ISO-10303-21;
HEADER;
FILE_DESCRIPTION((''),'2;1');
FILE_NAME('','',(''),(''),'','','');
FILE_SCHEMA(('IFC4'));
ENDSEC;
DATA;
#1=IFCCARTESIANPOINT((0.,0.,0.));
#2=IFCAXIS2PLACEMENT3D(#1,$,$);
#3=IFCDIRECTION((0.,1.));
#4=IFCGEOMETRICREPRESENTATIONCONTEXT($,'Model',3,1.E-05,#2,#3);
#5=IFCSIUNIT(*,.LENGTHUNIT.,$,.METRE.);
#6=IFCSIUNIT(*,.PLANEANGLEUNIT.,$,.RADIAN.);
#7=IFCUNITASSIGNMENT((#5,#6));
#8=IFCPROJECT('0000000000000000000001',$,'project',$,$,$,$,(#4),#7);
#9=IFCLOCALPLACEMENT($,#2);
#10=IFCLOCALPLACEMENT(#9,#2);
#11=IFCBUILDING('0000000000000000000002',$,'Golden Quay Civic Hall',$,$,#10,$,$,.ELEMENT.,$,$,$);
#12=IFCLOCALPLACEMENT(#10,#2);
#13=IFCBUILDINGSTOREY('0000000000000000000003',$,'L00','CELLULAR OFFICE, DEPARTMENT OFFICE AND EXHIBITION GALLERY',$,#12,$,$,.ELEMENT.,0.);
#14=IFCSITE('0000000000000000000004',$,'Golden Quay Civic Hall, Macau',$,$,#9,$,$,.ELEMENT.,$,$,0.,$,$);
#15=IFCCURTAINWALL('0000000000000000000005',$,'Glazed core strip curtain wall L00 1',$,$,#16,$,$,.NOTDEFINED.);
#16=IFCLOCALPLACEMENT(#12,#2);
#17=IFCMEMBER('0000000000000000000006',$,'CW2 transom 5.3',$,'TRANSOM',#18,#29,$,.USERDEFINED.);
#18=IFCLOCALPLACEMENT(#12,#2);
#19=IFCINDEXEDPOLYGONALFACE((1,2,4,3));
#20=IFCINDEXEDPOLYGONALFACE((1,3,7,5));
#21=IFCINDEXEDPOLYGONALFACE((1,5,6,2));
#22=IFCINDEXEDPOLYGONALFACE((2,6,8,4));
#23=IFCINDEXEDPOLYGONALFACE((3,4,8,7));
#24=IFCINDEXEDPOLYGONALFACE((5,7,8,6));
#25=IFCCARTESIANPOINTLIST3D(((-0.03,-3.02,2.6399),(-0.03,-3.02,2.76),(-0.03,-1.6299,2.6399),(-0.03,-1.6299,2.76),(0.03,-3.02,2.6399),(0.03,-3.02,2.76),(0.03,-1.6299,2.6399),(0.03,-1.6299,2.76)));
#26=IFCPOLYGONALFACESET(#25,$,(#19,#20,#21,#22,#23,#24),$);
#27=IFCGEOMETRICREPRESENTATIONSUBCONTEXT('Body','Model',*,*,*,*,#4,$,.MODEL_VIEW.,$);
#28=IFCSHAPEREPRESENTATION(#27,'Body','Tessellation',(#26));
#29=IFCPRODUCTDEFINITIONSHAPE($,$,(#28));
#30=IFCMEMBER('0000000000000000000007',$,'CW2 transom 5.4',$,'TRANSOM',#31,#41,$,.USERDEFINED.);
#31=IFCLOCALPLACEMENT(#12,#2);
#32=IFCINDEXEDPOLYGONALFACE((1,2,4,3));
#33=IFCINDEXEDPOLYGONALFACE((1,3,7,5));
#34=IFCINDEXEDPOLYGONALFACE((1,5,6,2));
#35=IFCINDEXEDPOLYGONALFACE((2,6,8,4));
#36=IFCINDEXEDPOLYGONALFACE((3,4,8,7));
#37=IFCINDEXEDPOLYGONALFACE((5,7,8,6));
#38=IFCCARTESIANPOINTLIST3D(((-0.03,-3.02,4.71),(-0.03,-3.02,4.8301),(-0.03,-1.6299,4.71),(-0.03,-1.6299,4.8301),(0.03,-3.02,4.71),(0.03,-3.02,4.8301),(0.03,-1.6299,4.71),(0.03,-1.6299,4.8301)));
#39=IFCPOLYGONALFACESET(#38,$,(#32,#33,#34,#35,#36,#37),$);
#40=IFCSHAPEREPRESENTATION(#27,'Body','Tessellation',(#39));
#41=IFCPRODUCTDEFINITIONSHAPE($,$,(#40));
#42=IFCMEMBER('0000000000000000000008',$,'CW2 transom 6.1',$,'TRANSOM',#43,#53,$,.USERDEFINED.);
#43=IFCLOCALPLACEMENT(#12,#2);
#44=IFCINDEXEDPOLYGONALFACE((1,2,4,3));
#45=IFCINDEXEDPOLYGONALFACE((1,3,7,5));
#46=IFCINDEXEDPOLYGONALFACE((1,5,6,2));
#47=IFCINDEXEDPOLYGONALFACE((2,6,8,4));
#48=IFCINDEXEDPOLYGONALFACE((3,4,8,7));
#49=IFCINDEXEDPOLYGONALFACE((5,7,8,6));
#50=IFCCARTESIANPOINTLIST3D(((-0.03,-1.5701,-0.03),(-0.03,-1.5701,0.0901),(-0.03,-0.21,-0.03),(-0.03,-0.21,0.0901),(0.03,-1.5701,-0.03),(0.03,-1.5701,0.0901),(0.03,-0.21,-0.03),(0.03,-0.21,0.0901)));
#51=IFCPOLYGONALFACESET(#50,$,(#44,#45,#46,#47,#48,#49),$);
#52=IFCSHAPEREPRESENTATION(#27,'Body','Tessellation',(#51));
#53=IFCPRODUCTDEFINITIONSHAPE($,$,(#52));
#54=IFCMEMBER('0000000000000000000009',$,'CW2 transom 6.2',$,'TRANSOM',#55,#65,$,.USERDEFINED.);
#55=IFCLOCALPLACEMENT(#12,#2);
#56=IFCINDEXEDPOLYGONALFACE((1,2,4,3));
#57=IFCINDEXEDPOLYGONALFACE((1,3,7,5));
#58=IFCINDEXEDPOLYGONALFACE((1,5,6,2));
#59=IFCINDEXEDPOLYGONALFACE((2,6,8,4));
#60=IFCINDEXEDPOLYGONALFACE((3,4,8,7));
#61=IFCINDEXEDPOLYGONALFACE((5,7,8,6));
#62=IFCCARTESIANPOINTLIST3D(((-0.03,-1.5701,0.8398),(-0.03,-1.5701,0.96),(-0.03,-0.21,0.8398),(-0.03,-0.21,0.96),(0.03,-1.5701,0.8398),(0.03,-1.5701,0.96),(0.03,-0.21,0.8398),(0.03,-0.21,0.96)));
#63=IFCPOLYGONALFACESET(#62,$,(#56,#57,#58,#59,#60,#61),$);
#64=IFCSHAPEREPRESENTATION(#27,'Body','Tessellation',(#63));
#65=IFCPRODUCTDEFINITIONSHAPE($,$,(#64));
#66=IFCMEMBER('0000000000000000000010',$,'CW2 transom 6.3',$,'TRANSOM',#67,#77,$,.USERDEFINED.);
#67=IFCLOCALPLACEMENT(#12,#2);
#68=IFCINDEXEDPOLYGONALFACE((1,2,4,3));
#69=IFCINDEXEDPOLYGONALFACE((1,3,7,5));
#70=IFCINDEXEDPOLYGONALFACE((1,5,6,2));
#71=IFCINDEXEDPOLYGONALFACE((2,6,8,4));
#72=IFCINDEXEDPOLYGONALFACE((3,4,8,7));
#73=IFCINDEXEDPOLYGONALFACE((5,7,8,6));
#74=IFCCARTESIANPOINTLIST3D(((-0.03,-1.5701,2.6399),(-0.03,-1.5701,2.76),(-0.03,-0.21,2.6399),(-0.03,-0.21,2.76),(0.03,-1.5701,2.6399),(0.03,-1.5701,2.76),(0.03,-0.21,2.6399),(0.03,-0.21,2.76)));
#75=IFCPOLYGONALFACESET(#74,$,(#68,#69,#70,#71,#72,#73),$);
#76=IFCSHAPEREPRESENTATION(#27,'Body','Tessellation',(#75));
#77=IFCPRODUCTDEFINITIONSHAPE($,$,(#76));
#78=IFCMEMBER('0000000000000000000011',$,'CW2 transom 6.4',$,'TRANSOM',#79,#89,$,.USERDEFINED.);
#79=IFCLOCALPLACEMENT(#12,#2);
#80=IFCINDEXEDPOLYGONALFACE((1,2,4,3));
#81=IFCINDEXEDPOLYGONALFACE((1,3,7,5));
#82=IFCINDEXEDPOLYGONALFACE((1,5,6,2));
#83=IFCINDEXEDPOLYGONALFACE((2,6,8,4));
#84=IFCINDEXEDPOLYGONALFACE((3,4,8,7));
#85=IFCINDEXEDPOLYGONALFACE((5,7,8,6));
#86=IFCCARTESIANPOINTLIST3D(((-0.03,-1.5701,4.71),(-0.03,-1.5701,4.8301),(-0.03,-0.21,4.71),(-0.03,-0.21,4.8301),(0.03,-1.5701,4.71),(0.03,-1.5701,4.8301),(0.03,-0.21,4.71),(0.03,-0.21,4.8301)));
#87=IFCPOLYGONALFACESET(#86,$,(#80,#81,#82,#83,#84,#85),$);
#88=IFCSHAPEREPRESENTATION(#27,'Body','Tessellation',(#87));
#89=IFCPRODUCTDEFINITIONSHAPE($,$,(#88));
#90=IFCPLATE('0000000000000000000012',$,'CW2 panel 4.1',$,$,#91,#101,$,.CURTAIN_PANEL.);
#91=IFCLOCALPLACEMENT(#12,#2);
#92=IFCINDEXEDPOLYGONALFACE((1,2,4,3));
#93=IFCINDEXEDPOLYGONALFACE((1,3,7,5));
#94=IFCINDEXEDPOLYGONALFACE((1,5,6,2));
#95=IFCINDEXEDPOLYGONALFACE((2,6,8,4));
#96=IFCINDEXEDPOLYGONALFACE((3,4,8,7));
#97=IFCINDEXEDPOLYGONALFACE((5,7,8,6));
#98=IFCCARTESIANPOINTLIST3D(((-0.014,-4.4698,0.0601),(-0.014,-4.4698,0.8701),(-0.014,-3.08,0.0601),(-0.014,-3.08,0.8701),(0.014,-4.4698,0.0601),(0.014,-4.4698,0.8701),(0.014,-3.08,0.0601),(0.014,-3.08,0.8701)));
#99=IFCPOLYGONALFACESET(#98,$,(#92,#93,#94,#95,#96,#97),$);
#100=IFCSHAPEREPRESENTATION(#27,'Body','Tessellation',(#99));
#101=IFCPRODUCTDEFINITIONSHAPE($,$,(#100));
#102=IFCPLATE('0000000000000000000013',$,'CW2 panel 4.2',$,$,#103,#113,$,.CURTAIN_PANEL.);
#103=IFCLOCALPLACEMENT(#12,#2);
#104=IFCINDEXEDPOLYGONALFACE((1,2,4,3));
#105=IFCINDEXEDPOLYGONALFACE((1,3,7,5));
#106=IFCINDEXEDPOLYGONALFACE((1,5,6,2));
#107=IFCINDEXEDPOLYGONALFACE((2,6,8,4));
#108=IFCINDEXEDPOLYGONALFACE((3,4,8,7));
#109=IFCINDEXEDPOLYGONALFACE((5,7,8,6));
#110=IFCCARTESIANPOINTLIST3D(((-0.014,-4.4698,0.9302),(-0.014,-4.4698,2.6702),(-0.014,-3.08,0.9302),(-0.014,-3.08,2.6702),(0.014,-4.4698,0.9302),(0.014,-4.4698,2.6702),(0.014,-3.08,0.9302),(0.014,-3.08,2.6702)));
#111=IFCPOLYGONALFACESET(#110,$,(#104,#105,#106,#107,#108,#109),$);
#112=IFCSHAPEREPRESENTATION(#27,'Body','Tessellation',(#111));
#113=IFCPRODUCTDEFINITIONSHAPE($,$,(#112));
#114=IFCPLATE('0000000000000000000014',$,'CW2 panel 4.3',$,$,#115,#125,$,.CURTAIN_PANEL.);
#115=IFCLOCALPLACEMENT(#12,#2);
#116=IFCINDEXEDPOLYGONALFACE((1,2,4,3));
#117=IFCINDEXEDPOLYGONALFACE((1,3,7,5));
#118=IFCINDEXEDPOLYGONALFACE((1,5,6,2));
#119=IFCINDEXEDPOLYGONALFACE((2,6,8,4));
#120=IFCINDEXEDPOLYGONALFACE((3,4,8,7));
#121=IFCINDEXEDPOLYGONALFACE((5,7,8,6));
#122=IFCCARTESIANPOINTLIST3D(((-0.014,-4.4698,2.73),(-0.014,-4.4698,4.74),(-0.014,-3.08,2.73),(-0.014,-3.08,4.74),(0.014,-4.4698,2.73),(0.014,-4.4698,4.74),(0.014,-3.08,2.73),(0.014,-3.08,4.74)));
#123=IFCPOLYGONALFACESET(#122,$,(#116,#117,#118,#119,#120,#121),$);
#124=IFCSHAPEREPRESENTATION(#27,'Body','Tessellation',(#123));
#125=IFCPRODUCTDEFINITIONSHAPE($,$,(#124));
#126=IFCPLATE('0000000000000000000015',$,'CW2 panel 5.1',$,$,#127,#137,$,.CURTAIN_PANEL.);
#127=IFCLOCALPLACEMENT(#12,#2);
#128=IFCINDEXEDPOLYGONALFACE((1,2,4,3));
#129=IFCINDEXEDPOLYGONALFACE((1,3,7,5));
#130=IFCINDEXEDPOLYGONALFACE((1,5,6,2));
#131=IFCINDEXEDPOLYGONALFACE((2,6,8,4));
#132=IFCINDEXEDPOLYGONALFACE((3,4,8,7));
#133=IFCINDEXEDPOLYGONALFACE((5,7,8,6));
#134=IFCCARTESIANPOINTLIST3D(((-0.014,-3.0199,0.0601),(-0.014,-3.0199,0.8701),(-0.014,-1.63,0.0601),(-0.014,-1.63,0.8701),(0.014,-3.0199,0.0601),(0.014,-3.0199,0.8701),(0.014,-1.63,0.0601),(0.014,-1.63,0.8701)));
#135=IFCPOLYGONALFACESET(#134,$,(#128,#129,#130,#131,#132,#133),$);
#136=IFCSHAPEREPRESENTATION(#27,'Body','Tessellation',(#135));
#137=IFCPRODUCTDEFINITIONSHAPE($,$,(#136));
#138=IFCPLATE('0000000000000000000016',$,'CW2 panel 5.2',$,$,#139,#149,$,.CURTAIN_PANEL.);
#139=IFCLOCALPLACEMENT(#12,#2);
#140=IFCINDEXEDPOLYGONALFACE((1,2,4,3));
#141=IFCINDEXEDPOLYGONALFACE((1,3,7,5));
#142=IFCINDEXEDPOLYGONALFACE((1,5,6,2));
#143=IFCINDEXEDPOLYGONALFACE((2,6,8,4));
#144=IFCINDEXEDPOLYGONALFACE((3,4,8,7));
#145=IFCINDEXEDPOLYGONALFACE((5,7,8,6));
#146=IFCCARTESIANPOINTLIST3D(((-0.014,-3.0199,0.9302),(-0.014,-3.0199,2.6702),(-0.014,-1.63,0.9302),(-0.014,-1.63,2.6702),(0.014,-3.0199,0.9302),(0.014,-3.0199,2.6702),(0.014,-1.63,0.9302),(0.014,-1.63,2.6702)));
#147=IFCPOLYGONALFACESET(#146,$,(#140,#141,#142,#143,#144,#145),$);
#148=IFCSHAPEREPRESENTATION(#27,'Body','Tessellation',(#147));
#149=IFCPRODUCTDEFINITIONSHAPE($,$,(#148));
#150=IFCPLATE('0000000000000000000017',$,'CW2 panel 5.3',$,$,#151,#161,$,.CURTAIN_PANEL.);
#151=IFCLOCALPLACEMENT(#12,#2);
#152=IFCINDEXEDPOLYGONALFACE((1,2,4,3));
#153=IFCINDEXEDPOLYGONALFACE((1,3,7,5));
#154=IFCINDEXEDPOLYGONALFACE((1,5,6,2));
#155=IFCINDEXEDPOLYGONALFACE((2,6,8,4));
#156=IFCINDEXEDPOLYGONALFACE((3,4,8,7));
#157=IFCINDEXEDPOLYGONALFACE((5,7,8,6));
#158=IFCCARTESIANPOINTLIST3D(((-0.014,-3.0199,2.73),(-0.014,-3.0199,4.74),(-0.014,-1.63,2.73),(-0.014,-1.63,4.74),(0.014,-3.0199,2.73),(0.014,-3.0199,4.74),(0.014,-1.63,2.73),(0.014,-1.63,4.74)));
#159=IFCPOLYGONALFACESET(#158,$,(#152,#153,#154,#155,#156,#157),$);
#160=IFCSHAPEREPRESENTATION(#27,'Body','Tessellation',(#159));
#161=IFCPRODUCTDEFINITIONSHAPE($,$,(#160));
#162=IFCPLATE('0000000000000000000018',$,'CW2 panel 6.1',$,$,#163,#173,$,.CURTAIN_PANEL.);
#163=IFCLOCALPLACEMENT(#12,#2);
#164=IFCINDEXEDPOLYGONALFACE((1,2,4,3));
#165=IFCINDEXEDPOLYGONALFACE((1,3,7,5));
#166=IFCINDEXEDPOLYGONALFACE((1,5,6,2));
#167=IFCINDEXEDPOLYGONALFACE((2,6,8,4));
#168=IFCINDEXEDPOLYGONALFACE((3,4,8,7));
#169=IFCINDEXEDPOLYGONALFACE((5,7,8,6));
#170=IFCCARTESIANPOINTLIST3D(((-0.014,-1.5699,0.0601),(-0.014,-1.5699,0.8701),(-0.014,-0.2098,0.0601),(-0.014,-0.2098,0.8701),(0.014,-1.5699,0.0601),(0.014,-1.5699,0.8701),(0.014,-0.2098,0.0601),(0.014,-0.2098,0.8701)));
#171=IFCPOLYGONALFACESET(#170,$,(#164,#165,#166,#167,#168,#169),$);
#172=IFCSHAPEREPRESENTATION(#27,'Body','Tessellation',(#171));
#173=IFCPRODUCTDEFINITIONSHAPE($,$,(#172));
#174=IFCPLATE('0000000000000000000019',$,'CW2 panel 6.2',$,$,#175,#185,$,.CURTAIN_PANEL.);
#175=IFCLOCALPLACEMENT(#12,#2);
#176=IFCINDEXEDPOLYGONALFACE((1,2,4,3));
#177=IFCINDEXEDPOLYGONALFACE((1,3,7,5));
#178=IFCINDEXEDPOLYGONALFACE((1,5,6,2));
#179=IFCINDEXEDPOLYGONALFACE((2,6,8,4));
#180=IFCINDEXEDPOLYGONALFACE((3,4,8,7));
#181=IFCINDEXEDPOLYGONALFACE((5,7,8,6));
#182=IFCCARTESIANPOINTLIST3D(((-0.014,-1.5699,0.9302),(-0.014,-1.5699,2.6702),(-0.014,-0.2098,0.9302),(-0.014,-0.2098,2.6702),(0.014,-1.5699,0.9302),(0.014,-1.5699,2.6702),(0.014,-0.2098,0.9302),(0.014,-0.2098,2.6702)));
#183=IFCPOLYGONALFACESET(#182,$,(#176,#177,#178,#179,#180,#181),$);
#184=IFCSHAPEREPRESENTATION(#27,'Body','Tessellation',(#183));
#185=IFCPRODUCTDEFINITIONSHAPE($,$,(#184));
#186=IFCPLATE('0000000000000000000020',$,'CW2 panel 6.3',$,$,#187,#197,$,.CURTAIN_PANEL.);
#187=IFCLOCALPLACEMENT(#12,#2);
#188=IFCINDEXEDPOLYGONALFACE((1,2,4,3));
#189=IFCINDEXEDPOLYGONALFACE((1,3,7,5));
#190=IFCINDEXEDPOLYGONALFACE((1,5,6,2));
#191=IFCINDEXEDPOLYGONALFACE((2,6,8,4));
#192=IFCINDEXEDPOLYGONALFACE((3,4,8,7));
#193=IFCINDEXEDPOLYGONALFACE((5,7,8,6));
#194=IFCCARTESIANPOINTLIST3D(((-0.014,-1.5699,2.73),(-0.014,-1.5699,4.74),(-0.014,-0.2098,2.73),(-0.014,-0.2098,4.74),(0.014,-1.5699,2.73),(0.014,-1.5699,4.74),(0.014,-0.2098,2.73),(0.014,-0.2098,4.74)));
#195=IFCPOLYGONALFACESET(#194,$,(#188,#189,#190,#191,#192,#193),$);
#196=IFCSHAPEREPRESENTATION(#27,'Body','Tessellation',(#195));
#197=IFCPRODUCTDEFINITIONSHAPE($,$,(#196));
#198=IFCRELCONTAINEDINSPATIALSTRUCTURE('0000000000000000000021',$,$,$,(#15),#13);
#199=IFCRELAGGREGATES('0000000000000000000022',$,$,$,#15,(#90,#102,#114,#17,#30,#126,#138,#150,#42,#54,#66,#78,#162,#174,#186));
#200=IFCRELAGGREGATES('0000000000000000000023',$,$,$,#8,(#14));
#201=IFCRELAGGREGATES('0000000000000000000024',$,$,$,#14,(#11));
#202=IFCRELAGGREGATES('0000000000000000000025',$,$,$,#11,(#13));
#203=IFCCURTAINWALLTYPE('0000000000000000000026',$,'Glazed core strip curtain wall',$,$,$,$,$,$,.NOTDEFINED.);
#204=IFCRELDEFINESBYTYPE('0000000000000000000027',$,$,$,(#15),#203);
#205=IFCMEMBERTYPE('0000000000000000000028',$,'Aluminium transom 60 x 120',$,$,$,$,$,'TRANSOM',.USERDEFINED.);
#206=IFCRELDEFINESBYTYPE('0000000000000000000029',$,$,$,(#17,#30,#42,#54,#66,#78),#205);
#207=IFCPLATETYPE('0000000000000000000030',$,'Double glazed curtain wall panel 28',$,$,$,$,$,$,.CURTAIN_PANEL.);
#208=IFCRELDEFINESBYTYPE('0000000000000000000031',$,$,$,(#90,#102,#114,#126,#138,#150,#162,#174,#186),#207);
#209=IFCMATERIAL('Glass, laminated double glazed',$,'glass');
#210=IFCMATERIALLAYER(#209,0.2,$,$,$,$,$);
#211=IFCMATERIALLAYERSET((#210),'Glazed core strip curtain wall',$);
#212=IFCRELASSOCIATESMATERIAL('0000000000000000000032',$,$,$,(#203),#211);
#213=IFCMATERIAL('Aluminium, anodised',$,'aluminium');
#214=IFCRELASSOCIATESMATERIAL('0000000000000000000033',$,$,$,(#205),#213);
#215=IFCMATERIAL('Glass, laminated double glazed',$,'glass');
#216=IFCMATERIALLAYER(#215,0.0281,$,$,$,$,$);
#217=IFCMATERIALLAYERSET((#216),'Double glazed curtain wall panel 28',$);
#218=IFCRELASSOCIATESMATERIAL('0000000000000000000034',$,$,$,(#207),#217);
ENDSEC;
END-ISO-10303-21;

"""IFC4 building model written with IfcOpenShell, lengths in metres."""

from ifc_helpers import new_model, si_unit, direction, frame, origin, origin_2d, place, context, subcontext, project, spatial, rectangle, extrude, material, layer, layer_set, material_profile, profile_set, type_object, element, aggregate, save


model = new_model("IFC4")

# Units and contexts
model_context = context("Model", 3, precision=1e-05, world=origin(), true_north=direction((0.0, 1.0)))
body_context = subcontext(model_context, "Body", "Model", "MODEL_VIEW")
ifc_project = project(units=[si_unit("LENGTHUNIT", "METRE"), si_unit("PLANEANGLEUNIT", "RADIAN")], contexts=[model_context])

# Site, building, storey
site_placement = place(None, origin())
site = spatial("IfcSite", under=ifc_project, at=site_placement, Name="Golden Quay Civic Hall, Macau", CompositionType="ELEMENT", RefElevation=0.0)
building_placement = place(site_placement, origin())
building = spatial("IfcBuilding", under=site, at=building_placement, Name="Golden Quay Civic Hall", CompositionType="ELEMENT")
storey_placement = place(building_placement, origin())
storey = spatial("IfcBuildingStorey", under=building, at=storey_placement, Name="L00", Description="CELLULAR OFFICE, DEPARTMENT OFFICE AND EXHIBITION GALLERY", CompositionType="ELEMENT", Elevation=0.0)

# Curtain wall, members, plates
ifc_material_1 = material(Name="Glass, laminated double glazed", Category="glass")
ifc_layer_1 = layer(ifc_material_1, 0.2)
ifc_layer_set_1 = layer_set([ifc_layer_1], Name="Glazed core strip curtain wall")
curtain_wall_type = type_object("IfcCurtainWallType", Name="Glazed core strip curtain wall", PredefinedType="NOTDEFINED", material=ifc_layer_set_1)
curtain_wall_placement = place(storey_placement, origin())
curtain_wall = element("IfcCurtainWall", 1, at=curtain_wall_placement, inside=storey, type_object=curtain_wall_type, Name="Glazed core strip curtain wall L00 1", PredefinedType="NOTDEFINED")
ifc_material_2 = material(Name="Aluminium, anodised", Category="aluminium")
ifc_material_profile_1 = material_profile(ifc_material_2, rectangle(XDim=0.0601, YDim=0.1201, at=origin_2d()), Name="Aluminium 60 x 120")
ifc_profile_set_1 = profile_set([ifc_material_profile_1], Name="Aluminium, anodised")
member_type_1 = type_object("IfcMemberType", Name="Aluminium transom 60 x 120", ElementType="TRANSOM", PredefinedType="USERDEFINED", material=ifc_profile_set_1)
member_1_placement = place(storey_placement, frame((0.0, -3.02, 2.7), z_axis=(0.0, 1.0, 0.0), x_axis=(-1.0, 0.0, 0.0)))
member_1 = element("IfcMember", 2, at=member_1_placement, type_object=member_type_1, Name="CW2 transom 5.3", ObjectType="TRANSOM", PredefinedType="USERDEFINED", context=body_context, shape_type="SweptSolid", body=[
    extrude(rectangle(XDim=0.0601, YDim=0.1201, at=origin_2d()), origin(), (0.0, 0.0, 1.0), 1.3901),
])
member_2_placement = place(storey_placement, frame((0.0, -3.02, 4.77), z_axis=(0.0, 1.0, 0.0), x_axis=(-1.0, 0.0, 0.0)))
member_2 = element("IfcMember", 3, at=member_2_placement, type_object=member_type_1, Name="CW2 transom 5.4", ObjectType="TRANSOM", PredefinedType="USERDEFINED", context=body_context, shape_type="SweptSolid", body=[
    extrude(rectangle(XDim=0.0601, YDim=0.1201, at=origin_2d()), origin(), (0.0, 0.0, 1.0), 1.3901),
])
member_3_placement = place(storey_placement, frame((0.0, -1.5701, 0.03), z_axis=(0.0, 1.0, 0.0), x_axis=(-1.0, 0.0, 0.0)))
member_3 = element("IfcMember", 4, at=member_3_placement, type_object=member_type_1, Name="CW2 transom 6.1", ObjectType="TRANSOM", PredefinedType="USERDEFINED", context=body_context, shape_type="SweptSolid", body=[
    extrude(rectangle(XDim=0.0601, YDim=0.1201, at=origin_2d()), origin(), (0.0, 0.0, 1.0), 1.3601),
])
member_4_placement = place(storey_placement, frame((0.0, -1.5701, 0.8999), z_axis=(0.0, 1.0, 0.0), x_axis=(-1.0, 0.0, 0.0)))
member_4 = element("IfcMember", 5, at=member_4_placement, type_object=member_type_1, Name="CW2 transom 6.2", ObjectType="TRANSOM", PredefinedType="USERDEFINED", context=body_context, shape_type="SweptSolid", body=[
    extrude(rectangle(XDim=0.0601, YDim=0.1201, at=origin_2d()), origin(), (0.0, 0.0, 1.0), 1.3601),
])
member_5_placement = place(storey_placement, frame((0.0, -1.5701, 2.7), z_axis=(0.0, 1.0, 0.0), x_axis=(-1.0, 0.0, 0.0)))
member_5 = element("IfcMember", 6, at=member_5_placement, type_object=member_type_1, Name="CW2 transom 6.3", ObjectType="TRANSOM", PredefinedType="USERDEFINED", context=body_context, shape_type="SweptSolid", body=[
    extrude(rectangle(XDim=0.0601, YDim=0.1201, at=origin_2d()), origin(), (0.0, 0.0, 1.0), 1.3601),
])
member_6_placement = place(storey_placement, frame((0.0, -1.5701, 4.77), z_axis=(0.0, 1.0, 0.0), x_axis=(-1.0, 0.0, 0.0)))
member_6 = element("IfcMember", 7, at=member_6_placement, type_object=member_type_1, Name="CW2 transom 6.4", ObjectType="TRANSOM", PredefinedType="USERDEFINED", context=body_context, shape_type="SweptSolid", body=[
    extrude(rectangle(XDim=0.0601, YDim=0.1201, at=origin_2d()), origin(), (0.0, 0.0, 1.0), 1.3601),
])
ifc_material_3 = material(Name="Glass, laminated double glazed", Category="glass")
ifc_layer_2 = layer(ifc_material_3, 0.0281)
ifc_layer_set_2 = layer_set([ifc_layer_2], Name="Double glazed curtain wall panel 28")
plate_type = type_object("IfcPlateType", Name="Double glazed curtain wall panel 28", PredefinedType="CURTAIN_PANEL", material=ifc_layer_set_2)
plate_1_placement = place(storey_placement, frame((0.0, -3.7749, 0.0601), z_axis=(0.0, 0.0, 1.0), x_axis=(0.0, 1.0, 0.0)))
plate_1 = element("IfcPlate", 8, at=plate_1_placement, type_object=plate_type, Name="CW2 panel 4.1", PredefinedType="CURTAIN_PANEL", context=body_context, shape_type="SweptSolid", body=[
    extrude(rectangle(XDim=1.3899, YDim=0.0281, at=origin_2d()), origin(), (0.0, 0.0, 1.0), 0.8101),
])
plate_2_placement = place(storey_placement, frame((0.0, -3.7749, 0.9302), z_axis=(0.0, 0.0, 1.0), x_axis=(0.0, 1.0, 0.0)))
plate_2 = element("IfcPlate", 9, at=plate_2_placement, type_object=plate_type, Name="CW2 panel 4.2", PredefinedType="CURTAIN_PANEL", context=body_context, shape_type="SweptSolid", body=[
    extrude(rectangle(XDim=1.3899, YDim=0.0281, at=origin_2d()), origin(), (0.0, 0.0, 1.0), 1.74),
])
plate_3_placement = place(storey_placement, frame((0.0, -3.7749, 2.73), z_axis=(0.0, 0.0, 1.0), x_axis=(0.0, 1.0, 0.0)))
plate_3 = element("IfcPlate", 10, at=plate_3_placement, type_object=plate_type, Name="CW2 panel 4.3", PredefinedType="CURTAIN_PANEL", context=body_context, shape_type="SweptSolid", body=[
    extrude(rectangle(XDim=1.3899, YDim=0.0281, at=origin_2d()), origin(), (0.0, 0.0, 1.0), 2.01),
])
plate_4_placement = place(storey_placement, frame((0.0, -2.325, 0.0601), z_axis=(0.0, 0.0, 1.0), x_axis=(0.0, 1.0, 0.0)))
plate_4 = element("IfcPlate", 11, at=plate_4_placement, type_object=plate_type, Name="CW2 panel 5.1", PredefinedType="CURTAIN_PANEL", context=body_context, shape_type="SweptSolid", body=[
    extrude(rectangle(XDim=1.3899, YDim=0.0281, at=origin_2d()), origin(), (0.0, 0.0, 1.0), 0.8101),
])
plate_5_placement = place(storey_placement, frame((0.0, -2.325, 0.9302), z_axis=(0.0, 0.0, 1.0), x_axis=(0.0, 1.0, 0.0)))
plate_5 = element("IfcPlate", 12, at=plate_5_placement, type_object=plate_type, Name="CW2 panel 5.2", PredefinedType="CURTAIN_PANEL", context=body_context, shape_type="SweptSolid", body=[
    extrude(rectangle(XDim=1.3899, YDim=0.0281, at=origin_2d()), origin(), (0.0, 0.0, 1.0), 1.74),
])
plate_6_placement = place(storey_placement, frame((0.0, -2.325, 2.73), z_axis=(0.0, 0.0, 1.0), x_axis=(0.0, 1.0, 0.0)))
plate_6 = element("IfcPlate", 13, at=plate_6_placement, type_object=plate_type, Name="CW2 panel 5.3", PredefinedType="CURTAIN_PANEL", context=body_context, shape_type="SweptSolid", body=[
    extrude(rectangle(XDim=1.3899, YDim=0.0281, at=origin_2d()), origin(), (0.0, 0.0, 1.0), 2.01),
])
plate_7_placement = place(storey_placement, frame((0.0, -0.8899, 0.0601), z_axis=(0.0, 0.0, 1.0), x_axis=(0.0, 1.0, 0.0)))
plate_7 = element("IfcPlate", 14, at=plate_7_placement, type_object=plate_type, Name="CW2 panel 6.1", PredefinedType="CURTAIN_PANEL", context=body_context, shape_type="SweptSolid", body=[
    extrude(rectangle(XDim=1.3601, YDim=0.0281, at=origin_2d()), origin(), (0.0, 0.0, 1.0), 0.8101),
])
plate_8_placement = place(storey_placement, frame((0.0, -0.8899, 0.9302), z_axis=(0.0, 0.0, 1.0), x_axis=(0.0, 1.0, 0.0)))
plate_8 = element("IfcPlate", 15, at=plate_8_placement, type_object=plate_type, Name="CW2 panel 6.2", PredefinedType="CURTAIN_PANEL", context=body_context, shape_type="SweptSolid", body=[
    extrude(rectangle(XDim=1.3601, YDim=0.0281, at=origin_2d()), origin(), (0.0, 0.0, 1.0), 1.74),
])
plate_9_placement = place(storey_placement, frame((0.0, -0.8899, 2.73), z_axis=(0.0, 0.0, 1.0), x_axis=(0.0, 1.0, 0.0)))
plate_9 = element("IfcPlate", 16, at=plate_9_placement, type_object=plate_type, Name="CW2 panel 6.3", PredefinedType="CURTAIN_PANEL", context=body_context, shape_type="SweptSolid", body=[
    extrude(rectangle(XDim=1.3601, YDim=0.0281, at=origin_2d()), origin(), (0.0, 0.0, 1.0), 2.01),
])
aggregate(curtain_wall, [plate_1, plate_2, plate_3, member_1, member_2, plate_4, plate_5, plate_6, member_3, member_4, member_5, member_6, plate_7, plate_8, plate_9])

save(model, "model.ifc")
